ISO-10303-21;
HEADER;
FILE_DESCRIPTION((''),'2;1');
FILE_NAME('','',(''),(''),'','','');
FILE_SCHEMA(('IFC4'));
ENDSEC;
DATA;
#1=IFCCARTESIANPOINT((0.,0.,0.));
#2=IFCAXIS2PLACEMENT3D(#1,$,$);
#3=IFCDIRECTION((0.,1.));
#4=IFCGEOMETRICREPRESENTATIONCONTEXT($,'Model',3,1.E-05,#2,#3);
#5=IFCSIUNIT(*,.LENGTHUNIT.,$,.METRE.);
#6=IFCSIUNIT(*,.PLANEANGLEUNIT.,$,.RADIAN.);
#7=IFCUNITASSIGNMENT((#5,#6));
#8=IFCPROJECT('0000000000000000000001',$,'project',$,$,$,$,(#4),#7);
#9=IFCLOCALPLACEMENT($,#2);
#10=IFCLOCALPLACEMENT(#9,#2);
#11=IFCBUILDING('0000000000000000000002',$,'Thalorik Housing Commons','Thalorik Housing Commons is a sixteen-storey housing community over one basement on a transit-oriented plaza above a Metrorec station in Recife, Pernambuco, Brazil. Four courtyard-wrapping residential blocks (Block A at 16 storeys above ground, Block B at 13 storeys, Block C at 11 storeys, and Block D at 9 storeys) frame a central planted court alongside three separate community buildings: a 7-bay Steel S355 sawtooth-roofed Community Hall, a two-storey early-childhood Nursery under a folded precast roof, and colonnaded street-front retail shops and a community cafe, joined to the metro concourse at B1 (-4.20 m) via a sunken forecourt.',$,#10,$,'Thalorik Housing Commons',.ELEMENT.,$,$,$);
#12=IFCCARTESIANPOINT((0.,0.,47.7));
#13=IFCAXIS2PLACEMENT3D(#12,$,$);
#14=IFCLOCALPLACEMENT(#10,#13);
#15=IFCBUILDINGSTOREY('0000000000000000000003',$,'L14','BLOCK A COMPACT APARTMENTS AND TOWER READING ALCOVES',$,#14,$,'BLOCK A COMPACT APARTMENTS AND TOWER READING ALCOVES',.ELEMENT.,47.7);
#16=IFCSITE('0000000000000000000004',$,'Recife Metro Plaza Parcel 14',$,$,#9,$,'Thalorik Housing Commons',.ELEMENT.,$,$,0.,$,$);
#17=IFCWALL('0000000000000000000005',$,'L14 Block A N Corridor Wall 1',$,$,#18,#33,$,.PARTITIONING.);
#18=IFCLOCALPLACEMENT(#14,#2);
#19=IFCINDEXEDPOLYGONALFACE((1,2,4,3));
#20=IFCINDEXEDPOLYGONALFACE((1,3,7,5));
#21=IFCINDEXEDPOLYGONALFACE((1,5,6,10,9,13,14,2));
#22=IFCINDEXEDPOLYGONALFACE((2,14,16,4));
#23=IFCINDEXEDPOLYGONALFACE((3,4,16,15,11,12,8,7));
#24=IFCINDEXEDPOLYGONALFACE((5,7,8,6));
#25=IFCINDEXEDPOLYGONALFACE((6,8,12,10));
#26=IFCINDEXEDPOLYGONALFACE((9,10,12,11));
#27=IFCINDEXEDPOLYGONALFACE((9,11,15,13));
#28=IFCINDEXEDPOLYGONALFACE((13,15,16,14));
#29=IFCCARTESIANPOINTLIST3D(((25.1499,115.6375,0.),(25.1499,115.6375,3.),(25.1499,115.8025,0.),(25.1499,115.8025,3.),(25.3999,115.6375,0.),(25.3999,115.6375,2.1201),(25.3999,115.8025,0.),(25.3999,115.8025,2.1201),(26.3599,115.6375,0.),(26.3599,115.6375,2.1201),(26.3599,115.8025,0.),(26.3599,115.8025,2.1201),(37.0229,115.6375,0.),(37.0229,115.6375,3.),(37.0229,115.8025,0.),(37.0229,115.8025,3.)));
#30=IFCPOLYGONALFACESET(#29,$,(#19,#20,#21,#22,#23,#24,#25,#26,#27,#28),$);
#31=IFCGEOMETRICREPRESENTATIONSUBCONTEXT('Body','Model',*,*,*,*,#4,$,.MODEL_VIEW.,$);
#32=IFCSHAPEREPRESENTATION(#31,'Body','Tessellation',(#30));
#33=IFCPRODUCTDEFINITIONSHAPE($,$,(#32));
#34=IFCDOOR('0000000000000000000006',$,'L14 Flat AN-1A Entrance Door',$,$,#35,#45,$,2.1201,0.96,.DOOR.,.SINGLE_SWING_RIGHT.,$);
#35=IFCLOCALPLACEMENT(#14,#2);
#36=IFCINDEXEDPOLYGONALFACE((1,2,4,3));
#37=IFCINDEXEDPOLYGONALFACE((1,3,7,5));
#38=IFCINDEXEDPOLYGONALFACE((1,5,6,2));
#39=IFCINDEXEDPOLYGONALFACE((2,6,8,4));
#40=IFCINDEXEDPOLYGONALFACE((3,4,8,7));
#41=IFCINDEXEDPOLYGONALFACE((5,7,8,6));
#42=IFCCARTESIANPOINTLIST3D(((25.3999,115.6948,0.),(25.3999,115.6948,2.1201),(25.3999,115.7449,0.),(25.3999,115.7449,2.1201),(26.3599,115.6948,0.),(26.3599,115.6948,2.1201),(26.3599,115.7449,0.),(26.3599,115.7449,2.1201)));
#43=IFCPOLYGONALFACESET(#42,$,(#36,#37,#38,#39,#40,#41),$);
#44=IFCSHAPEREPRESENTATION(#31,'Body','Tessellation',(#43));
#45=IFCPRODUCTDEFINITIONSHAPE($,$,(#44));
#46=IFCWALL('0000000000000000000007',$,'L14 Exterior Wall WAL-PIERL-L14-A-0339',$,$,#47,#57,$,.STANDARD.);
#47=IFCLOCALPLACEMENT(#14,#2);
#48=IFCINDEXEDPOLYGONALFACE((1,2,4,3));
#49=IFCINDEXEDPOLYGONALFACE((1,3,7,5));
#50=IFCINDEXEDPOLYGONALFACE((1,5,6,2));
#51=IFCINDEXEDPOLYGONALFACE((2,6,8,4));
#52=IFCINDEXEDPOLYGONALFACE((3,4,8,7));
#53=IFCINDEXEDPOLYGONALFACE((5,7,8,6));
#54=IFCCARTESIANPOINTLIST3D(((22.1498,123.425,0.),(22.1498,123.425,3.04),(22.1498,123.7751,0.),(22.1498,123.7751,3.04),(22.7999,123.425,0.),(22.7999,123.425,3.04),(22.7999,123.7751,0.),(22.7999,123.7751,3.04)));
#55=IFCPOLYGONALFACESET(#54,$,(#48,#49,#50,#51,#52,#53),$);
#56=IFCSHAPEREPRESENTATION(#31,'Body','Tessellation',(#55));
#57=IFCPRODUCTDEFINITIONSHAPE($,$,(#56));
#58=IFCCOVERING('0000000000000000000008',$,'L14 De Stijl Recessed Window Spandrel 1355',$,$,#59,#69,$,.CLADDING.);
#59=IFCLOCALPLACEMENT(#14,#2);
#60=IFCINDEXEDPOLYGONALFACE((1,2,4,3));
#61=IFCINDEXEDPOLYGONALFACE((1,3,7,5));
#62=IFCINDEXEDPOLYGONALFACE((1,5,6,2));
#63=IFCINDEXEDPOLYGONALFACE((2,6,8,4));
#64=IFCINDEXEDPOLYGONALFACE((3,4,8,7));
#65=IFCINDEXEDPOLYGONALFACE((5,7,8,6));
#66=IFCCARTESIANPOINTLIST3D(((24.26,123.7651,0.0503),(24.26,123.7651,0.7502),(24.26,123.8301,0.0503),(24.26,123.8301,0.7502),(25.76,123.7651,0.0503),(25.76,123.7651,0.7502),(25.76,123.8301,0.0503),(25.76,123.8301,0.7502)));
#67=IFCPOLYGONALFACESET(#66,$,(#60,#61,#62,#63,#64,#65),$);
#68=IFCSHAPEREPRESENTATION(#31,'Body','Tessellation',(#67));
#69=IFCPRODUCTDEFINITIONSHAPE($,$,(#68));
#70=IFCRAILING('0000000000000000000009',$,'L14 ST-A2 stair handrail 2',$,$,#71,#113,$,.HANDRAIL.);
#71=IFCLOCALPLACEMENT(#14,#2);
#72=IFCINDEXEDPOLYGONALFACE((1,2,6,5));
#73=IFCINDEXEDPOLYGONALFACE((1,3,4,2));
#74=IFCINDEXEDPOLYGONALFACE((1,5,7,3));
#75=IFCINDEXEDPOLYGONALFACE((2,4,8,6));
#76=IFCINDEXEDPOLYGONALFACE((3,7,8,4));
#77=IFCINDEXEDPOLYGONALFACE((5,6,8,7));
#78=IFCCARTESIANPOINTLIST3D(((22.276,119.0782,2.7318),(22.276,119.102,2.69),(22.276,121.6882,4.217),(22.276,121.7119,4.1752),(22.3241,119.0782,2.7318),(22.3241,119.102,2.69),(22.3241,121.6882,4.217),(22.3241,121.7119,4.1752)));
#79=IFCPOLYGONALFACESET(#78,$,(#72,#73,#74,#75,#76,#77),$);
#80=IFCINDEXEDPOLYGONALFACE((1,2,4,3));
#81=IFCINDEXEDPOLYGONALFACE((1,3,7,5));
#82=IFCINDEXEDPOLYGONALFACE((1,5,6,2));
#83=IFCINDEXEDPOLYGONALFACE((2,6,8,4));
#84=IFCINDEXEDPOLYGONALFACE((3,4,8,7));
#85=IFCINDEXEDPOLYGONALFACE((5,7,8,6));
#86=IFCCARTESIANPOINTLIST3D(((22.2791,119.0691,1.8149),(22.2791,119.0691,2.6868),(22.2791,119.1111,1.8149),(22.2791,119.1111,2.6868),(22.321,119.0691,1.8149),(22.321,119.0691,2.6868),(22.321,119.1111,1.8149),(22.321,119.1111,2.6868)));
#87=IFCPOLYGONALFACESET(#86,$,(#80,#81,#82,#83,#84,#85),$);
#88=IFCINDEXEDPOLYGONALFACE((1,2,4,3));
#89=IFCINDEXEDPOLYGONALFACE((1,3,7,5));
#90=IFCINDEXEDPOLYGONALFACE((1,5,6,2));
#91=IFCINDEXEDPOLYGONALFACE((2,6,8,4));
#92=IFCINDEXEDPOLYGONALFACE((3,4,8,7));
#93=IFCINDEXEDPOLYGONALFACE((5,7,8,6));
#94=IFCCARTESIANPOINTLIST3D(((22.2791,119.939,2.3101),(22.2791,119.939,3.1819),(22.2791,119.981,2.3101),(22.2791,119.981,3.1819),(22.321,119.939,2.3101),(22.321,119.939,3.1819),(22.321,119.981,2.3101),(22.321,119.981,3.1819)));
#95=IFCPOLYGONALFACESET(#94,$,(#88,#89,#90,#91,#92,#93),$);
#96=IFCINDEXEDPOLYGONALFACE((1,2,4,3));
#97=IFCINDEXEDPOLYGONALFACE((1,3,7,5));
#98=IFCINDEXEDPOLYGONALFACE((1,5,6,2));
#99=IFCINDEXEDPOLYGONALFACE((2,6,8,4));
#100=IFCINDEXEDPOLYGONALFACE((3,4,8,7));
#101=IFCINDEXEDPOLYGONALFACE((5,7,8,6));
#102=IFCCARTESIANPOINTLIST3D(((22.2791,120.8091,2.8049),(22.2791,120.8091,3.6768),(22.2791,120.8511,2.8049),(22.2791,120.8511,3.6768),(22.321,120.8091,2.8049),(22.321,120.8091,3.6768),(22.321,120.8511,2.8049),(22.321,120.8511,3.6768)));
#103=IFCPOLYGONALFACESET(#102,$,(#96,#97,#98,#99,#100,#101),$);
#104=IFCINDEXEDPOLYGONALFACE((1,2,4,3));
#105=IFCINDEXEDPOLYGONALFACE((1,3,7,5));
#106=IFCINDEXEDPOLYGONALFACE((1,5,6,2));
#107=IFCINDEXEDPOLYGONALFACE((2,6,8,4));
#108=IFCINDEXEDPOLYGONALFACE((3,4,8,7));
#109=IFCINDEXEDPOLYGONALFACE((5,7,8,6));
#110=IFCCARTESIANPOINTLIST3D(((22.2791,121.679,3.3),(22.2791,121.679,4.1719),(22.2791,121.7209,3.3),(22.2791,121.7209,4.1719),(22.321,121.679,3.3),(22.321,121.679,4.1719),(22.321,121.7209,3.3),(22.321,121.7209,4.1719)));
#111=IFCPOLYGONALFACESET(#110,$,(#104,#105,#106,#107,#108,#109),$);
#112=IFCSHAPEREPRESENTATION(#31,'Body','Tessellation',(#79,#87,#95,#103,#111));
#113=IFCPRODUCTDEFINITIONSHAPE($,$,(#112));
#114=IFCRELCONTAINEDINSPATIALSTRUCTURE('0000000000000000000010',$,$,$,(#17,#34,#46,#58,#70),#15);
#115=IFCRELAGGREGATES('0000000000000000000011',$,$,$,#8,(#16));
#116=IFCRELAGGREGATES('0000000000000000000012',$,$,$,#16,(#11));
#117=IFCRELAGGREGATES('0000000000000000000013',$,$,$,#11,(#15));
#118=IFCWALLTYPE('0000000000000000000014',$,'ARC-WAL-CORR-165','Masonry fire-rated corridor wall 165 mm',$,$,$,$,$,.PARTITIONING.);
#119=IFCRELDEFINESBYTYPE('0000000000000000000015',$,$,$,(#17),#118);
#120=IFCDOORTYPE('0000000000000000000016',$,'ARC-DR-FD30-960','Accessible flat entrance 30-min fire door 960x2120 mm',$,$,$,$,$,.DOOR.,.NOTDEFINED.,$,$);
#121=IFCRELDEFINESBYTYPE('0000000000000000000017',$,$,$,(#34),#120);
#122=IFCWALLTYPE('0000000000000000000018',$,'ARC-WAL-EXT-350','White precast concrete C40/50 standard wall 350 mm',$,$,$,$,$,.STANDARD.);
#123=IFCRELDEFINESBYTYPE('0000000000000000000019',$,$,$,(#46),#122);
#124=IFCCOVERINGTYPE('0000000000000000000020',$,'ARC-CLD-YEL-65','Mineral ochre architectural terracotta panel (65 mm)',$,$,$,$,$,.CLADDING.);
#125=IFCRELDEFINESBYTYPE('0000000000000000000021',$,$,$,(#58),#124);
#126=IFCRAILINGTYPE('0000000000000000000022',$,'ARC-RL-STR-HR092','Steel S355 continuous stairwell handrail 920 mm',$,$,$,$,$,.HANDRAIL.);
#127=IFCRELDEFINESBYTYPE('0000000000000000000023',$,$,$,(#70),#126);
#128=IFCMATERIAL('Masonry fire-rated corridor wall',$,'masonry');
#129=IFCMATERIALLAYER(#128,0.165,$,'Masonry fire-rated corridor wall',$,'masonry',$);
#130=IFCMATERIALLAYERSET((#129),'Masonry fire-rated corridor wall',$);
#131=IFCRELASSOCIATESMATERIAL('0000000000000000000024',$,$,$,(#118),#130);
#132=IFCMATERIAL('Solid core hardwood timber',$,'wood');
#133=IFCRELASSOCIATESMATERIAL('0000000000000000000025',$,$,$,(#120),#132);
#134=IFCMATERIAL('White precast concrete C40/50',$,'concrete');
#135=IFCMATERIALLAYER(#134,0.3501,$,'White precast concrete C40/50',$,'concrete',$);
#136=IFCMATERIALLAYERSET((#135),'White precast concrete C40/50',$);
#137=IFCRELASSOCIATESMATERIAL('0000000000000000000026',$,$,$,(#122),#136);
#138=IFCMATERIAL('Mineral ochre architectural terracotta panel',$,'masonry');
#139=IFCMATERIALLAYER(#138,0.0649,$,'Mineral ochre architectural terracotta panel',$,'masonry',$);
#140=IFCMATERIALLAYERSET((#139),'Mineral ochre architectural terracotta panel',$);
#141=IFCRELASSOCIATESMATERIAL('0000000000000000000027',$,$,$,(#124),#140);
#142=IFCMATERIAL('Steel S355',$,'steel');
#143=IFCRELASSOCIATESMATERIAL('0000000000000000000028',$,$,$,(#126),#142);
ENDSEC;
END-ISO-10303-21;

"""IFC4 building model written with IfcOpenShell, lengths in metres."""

from ifc_helpers import new_model, si_unit, direction, frame, frame_2d, origin, origin_2d, place, context, subcontext, project, spatial, rectangle, extrude, material, layer, layer_set, type_object, element, fill, save


model = new_model("IFC4")

# Units and contexts
model_context = context("Model", 3, precision=1e-05, world=origin(), true_north=direction((0.0, 1.0)))
body_context = subcontext(model_context, "Body", "Model", "MODEL_VIEW")
ifc_project = project(units=[si_unit("LENGTHUNIT", "METRE"), si_unit("PLANEANGLEUNIT", "RADIAN")], contexts=[model_context])

# Site, building, storey
site_placement = place(None, origin())
site = spatial("IfcSite", under=ifc_project, at=site_placement, Name="Recife Metro Plaza Parcel 14", LongName="Thalorik Housing Commons", CompositionType="ELEMENT", RefElevation=0.0)
building_placement = place(site_placement, origin())
building = spatial("IfcBuilding", under=site, at=building_placement, Name="Thalorik Housing Commons", Description="Thalorik Housing Commons is a sixteen-storey housing community over one basement on a transit-oriented plaza above a Metrorec station in Recife, Pernambuco, Brazil. Four courtyard-wrapping residential blocks (Block A at 16 storeys above ground, Block B at 13 storeys, Block C at 11 storeys, and Block D at 9 storeys) frame a central planted court alongside three separate community buildings: a 7-bay Steel S355 sawtooth-roofed Community Hall, a two-storey early-childhood Nursery under a folded precast roof, and colonnaded street-front retail shops and a community cafe, joined to the metro concourse at B1 (-4.20 m) via a sunken forecourt.", LongName="Thalorik Housing Commons", CompositionType="ELEMENT")
storey_placement = place(building_placement, frame((0.0, 0.0, 47.7)))
storey = spatial("IfcBuildingStorey", under=building, at=storey_placement, Name="L14", Description="BLOCK A COMPACT APARTMENTS AND TOWER READING ALCOVES", LongName="BLOCK A COMPACT APARTMENTS AND TOWER READING ALCOVES", CompositionType="ELEMENT", Elevation=47.7)

# Wall, opening, door
ifc_material_1 = material(Name="Masonry fire-rated corridor wall", Category="masonry")
ifc_material_2 = material(Name="Solid core hardwood timber", Category="wood")
ifc_layer_1 = layer(ifc_material_1, 0.165, Name="Masonry fire-rated corridor wall", Category="masonry")
ifc_layer_set_1 = layer_set([ifc_layer_1], Name="Masonry fire-rated corridor wall")
wall_type_1 = type_object("IfcWallType", Name="ARC-WAL-CORR-165", Description="Masonry fire-rated corridor wall 165 mm", PredefinedType="PARTITIONING", material=ifc_layer_set_1)
wall_1_placement = place(storey_placement, frame((25.1499, 115.72, 0.0), z_axis=(0.0, 0.0, 1.0), x_axis=(1.0, 0.0, 0.0)))
wall_1 = element("IfcWall", 1, at=wall_1_placement, inside=storey, type_object=wall_type_1, Name="L14 Block A N Corridor Wall 1", PredefinedType="PARTITIONING", context=body_context, shape_type="SweptSolid", body=[
    extrude(rectangle(XDim=11.873, YDim=0.165, at=frame_2d((5.9365, 0.0))), origin(), (0.0, 0.0, 1.0), 3.0),
])
opening_1_placement = place(wall_1_placement, frame((0.25, 0.0, 0.0)))
opening_1 = element("IfcOpeningElement", 2, at=opening_1_placement, cuts=wall_1, PredefinedType="OPENING", context=body_context, shape_type="SweptSolid", body=[
    extrude(rectangle(XDim=0.96, YDim=2.1201, at=frame_2d((0.48, 1.0601))), frame((0.0, 0.0925, 0.0), z_axis=(0.0, -1.0, 0.0), x_axis=(1.0, 0.0, 0.0)), (0.0, 0.0, 1.0), 0.1851),
])
door_type_1 = type_object("IfcDoorType", Name="ARC-DR-FD30-960", Description="Accessible flat entrance 30-min fire door 960x2120 mm", OperationType="NOTDEFINED", PredefinedType="DOOR", material=ifc_material_2)
door_1_placement = place(opening_1_placement, origin())
door_1 = element("IfcDoor", 3, at=door_1_placement, inside=storey, type_object=door_type_1, Name="L14 Flat AN-1A Entrance Door", OperationType="SINGLE_SWING_RIGHT", OverallHeight=2.1201, OverallWidth=0.96, PredefinedType="DOOR", context=body_context, shape_type="SweptSolid", body=[
    extrude(rectangle(XDim=0.96, YDim=2.1201, at=frame_2d((0.48, 1.0601))), frame((0.0, 0.0249, 0.0), z_axis=(0.0, -1.0, 0.0), x_axis=(1.0, 0.0, 0.0)), (0.0, 0.0, 1.0), 0.05),
])
fill(opening_1, door_1)

# Shared definitions
ifc_material_3 = material(Name="White precast concrete C40/50", Category="concrete")
ifc_layer_2 = layer(ifc_material_3, 0.3501, Name="White precast concrete C40/50", Category="concrete")
ifc_layer_set_2 = layer_set([ifc_layer_2], Name="White precast concrete C40/50")
wall_type_2 = type_object("IfcWallType", Name="ARC-WAL-EXT-350", Description="White precast concrete C40/50 standard wall 350 mm", PredefinedType="STANDARD", material=ifc_layer_set_2)

# Wall
wall_2_placement = place(storey_placement, frame((22.8, 123.6001, 0.0), z_axis=(0.0, 0.0, 1.0), x_axis=(-1.0, 0.0, 0.0)))
element("IfcWall", 4, at=wall_2_placement, inside=storey, type_object=wall_type_2, Name="L14 Exterior Wall WAL-PIERL-L14-A-0339", PredefinedType="STANDARD", context=body_context, shape_type="SweptSolid", body=[
    extrude(rectangle(XDim=0.6501, YDim=0.3501, at=frame_2d((0.3252, 0.0))), origin(), (0.0, 0.0, 1.0), 3.04),
])

# Covering
ifc_material_4 = material(Name="Mineral ochre architectural terracotta panel", Category="masonry")
ifc_layer_3 = layer(ifc_material_4, 0.0649, Name="Mineral ochre architectural terracotta panel", Category="masonry")
ifc_layer_set_3 = layer_set([ifc_layer_3], Name="Mineral ochre architectural terracotta panel")
covering_type_1 = type_object("IfcCoveringType", Name="ARC-CLD-YEL-65", Description="Mineral ochre architectural terracotta panel (65 mm)", PredefinedType="CLADDING", material=ifc_layer_set_3)
covering_1_placement = place(storey_placement, frame((25.01, 123.7976, 0.0503), z_axis=(0.0, 0.0, 1.0), x_axis=(-1.0, 0.0, 0.0)))
element("IfcCovering", 5, at=covering_1_placement, inside=storey, type_object=covering_type_1, Name="L14 De Stijl Recessed Window Spandrel 1355", PredefinedType="CLADDING", context=body_context, shape_type="SweptSolid", body=[
    extrude(rectangle(XDim=1.5, YDim=0.0649, at=origin_2d()), origin(), (0.0, 0.0, 1.0), 0.7),
])

# Railing
ifc_material_5 = material(Name="Steel S355", Category="steel")
railing_type_1 = type_object("IfcRailingType", Name="ARC-RL-STR-HR092", Description="Steel S355 continuous stairwell handrail 920 mm", PredefinedType="HANDRAIL", material=ifc_material_5)
railing_1_placement = place(storey_placement, frame((22.3, 119.0901, 1.8149)))
element("IfcRailing", 6, at=railing_1_placement, inside=storey, type_object=railing_type_1, Name="L14 ST-A2 stair handrail 2", PredefinedType="HANDRAIL", context=body_context, shape_type="SweptSolid", body=[
    extrude(rectangle(XDim=0.0481, YDim=0.0481, at=origin_2d()), frame((0.0, 0.0, 0.896), z_axis=(0.0, 0.869137, 0.494571), x_axis=(-1.0, 0.0, 0.0)), (0.0, 0.0, 1.0), 3.0029),
    extrude(rectangle(XDim=0.042, YDim=0.042, at=origin_2d()), origin(), (0.0, 0.0, 1.0), 0.8718),
    extrude(rectangle(XDim=0.042, YDim=0.042, at=origin_2d()), frame((0.0, 0.8699, 0.4951)), (0.0, 0.0, 1.0), 0.8718),
    extrude(rectangle(XDim=0.042, YDim=0.042, at=origin_2d()), frame((0.0, 1.74, 0.99)), (0.0, 0.0, 1.0), 0.8718),
    extrude(rectangle(XDim=0.042, YDim=0.042, at=origin_2d()), frame((0.0, 2.6099, 1.4851)), (0.0, 0.0, 1.0), 0.8718),
])

save(model, "model.ifc")
